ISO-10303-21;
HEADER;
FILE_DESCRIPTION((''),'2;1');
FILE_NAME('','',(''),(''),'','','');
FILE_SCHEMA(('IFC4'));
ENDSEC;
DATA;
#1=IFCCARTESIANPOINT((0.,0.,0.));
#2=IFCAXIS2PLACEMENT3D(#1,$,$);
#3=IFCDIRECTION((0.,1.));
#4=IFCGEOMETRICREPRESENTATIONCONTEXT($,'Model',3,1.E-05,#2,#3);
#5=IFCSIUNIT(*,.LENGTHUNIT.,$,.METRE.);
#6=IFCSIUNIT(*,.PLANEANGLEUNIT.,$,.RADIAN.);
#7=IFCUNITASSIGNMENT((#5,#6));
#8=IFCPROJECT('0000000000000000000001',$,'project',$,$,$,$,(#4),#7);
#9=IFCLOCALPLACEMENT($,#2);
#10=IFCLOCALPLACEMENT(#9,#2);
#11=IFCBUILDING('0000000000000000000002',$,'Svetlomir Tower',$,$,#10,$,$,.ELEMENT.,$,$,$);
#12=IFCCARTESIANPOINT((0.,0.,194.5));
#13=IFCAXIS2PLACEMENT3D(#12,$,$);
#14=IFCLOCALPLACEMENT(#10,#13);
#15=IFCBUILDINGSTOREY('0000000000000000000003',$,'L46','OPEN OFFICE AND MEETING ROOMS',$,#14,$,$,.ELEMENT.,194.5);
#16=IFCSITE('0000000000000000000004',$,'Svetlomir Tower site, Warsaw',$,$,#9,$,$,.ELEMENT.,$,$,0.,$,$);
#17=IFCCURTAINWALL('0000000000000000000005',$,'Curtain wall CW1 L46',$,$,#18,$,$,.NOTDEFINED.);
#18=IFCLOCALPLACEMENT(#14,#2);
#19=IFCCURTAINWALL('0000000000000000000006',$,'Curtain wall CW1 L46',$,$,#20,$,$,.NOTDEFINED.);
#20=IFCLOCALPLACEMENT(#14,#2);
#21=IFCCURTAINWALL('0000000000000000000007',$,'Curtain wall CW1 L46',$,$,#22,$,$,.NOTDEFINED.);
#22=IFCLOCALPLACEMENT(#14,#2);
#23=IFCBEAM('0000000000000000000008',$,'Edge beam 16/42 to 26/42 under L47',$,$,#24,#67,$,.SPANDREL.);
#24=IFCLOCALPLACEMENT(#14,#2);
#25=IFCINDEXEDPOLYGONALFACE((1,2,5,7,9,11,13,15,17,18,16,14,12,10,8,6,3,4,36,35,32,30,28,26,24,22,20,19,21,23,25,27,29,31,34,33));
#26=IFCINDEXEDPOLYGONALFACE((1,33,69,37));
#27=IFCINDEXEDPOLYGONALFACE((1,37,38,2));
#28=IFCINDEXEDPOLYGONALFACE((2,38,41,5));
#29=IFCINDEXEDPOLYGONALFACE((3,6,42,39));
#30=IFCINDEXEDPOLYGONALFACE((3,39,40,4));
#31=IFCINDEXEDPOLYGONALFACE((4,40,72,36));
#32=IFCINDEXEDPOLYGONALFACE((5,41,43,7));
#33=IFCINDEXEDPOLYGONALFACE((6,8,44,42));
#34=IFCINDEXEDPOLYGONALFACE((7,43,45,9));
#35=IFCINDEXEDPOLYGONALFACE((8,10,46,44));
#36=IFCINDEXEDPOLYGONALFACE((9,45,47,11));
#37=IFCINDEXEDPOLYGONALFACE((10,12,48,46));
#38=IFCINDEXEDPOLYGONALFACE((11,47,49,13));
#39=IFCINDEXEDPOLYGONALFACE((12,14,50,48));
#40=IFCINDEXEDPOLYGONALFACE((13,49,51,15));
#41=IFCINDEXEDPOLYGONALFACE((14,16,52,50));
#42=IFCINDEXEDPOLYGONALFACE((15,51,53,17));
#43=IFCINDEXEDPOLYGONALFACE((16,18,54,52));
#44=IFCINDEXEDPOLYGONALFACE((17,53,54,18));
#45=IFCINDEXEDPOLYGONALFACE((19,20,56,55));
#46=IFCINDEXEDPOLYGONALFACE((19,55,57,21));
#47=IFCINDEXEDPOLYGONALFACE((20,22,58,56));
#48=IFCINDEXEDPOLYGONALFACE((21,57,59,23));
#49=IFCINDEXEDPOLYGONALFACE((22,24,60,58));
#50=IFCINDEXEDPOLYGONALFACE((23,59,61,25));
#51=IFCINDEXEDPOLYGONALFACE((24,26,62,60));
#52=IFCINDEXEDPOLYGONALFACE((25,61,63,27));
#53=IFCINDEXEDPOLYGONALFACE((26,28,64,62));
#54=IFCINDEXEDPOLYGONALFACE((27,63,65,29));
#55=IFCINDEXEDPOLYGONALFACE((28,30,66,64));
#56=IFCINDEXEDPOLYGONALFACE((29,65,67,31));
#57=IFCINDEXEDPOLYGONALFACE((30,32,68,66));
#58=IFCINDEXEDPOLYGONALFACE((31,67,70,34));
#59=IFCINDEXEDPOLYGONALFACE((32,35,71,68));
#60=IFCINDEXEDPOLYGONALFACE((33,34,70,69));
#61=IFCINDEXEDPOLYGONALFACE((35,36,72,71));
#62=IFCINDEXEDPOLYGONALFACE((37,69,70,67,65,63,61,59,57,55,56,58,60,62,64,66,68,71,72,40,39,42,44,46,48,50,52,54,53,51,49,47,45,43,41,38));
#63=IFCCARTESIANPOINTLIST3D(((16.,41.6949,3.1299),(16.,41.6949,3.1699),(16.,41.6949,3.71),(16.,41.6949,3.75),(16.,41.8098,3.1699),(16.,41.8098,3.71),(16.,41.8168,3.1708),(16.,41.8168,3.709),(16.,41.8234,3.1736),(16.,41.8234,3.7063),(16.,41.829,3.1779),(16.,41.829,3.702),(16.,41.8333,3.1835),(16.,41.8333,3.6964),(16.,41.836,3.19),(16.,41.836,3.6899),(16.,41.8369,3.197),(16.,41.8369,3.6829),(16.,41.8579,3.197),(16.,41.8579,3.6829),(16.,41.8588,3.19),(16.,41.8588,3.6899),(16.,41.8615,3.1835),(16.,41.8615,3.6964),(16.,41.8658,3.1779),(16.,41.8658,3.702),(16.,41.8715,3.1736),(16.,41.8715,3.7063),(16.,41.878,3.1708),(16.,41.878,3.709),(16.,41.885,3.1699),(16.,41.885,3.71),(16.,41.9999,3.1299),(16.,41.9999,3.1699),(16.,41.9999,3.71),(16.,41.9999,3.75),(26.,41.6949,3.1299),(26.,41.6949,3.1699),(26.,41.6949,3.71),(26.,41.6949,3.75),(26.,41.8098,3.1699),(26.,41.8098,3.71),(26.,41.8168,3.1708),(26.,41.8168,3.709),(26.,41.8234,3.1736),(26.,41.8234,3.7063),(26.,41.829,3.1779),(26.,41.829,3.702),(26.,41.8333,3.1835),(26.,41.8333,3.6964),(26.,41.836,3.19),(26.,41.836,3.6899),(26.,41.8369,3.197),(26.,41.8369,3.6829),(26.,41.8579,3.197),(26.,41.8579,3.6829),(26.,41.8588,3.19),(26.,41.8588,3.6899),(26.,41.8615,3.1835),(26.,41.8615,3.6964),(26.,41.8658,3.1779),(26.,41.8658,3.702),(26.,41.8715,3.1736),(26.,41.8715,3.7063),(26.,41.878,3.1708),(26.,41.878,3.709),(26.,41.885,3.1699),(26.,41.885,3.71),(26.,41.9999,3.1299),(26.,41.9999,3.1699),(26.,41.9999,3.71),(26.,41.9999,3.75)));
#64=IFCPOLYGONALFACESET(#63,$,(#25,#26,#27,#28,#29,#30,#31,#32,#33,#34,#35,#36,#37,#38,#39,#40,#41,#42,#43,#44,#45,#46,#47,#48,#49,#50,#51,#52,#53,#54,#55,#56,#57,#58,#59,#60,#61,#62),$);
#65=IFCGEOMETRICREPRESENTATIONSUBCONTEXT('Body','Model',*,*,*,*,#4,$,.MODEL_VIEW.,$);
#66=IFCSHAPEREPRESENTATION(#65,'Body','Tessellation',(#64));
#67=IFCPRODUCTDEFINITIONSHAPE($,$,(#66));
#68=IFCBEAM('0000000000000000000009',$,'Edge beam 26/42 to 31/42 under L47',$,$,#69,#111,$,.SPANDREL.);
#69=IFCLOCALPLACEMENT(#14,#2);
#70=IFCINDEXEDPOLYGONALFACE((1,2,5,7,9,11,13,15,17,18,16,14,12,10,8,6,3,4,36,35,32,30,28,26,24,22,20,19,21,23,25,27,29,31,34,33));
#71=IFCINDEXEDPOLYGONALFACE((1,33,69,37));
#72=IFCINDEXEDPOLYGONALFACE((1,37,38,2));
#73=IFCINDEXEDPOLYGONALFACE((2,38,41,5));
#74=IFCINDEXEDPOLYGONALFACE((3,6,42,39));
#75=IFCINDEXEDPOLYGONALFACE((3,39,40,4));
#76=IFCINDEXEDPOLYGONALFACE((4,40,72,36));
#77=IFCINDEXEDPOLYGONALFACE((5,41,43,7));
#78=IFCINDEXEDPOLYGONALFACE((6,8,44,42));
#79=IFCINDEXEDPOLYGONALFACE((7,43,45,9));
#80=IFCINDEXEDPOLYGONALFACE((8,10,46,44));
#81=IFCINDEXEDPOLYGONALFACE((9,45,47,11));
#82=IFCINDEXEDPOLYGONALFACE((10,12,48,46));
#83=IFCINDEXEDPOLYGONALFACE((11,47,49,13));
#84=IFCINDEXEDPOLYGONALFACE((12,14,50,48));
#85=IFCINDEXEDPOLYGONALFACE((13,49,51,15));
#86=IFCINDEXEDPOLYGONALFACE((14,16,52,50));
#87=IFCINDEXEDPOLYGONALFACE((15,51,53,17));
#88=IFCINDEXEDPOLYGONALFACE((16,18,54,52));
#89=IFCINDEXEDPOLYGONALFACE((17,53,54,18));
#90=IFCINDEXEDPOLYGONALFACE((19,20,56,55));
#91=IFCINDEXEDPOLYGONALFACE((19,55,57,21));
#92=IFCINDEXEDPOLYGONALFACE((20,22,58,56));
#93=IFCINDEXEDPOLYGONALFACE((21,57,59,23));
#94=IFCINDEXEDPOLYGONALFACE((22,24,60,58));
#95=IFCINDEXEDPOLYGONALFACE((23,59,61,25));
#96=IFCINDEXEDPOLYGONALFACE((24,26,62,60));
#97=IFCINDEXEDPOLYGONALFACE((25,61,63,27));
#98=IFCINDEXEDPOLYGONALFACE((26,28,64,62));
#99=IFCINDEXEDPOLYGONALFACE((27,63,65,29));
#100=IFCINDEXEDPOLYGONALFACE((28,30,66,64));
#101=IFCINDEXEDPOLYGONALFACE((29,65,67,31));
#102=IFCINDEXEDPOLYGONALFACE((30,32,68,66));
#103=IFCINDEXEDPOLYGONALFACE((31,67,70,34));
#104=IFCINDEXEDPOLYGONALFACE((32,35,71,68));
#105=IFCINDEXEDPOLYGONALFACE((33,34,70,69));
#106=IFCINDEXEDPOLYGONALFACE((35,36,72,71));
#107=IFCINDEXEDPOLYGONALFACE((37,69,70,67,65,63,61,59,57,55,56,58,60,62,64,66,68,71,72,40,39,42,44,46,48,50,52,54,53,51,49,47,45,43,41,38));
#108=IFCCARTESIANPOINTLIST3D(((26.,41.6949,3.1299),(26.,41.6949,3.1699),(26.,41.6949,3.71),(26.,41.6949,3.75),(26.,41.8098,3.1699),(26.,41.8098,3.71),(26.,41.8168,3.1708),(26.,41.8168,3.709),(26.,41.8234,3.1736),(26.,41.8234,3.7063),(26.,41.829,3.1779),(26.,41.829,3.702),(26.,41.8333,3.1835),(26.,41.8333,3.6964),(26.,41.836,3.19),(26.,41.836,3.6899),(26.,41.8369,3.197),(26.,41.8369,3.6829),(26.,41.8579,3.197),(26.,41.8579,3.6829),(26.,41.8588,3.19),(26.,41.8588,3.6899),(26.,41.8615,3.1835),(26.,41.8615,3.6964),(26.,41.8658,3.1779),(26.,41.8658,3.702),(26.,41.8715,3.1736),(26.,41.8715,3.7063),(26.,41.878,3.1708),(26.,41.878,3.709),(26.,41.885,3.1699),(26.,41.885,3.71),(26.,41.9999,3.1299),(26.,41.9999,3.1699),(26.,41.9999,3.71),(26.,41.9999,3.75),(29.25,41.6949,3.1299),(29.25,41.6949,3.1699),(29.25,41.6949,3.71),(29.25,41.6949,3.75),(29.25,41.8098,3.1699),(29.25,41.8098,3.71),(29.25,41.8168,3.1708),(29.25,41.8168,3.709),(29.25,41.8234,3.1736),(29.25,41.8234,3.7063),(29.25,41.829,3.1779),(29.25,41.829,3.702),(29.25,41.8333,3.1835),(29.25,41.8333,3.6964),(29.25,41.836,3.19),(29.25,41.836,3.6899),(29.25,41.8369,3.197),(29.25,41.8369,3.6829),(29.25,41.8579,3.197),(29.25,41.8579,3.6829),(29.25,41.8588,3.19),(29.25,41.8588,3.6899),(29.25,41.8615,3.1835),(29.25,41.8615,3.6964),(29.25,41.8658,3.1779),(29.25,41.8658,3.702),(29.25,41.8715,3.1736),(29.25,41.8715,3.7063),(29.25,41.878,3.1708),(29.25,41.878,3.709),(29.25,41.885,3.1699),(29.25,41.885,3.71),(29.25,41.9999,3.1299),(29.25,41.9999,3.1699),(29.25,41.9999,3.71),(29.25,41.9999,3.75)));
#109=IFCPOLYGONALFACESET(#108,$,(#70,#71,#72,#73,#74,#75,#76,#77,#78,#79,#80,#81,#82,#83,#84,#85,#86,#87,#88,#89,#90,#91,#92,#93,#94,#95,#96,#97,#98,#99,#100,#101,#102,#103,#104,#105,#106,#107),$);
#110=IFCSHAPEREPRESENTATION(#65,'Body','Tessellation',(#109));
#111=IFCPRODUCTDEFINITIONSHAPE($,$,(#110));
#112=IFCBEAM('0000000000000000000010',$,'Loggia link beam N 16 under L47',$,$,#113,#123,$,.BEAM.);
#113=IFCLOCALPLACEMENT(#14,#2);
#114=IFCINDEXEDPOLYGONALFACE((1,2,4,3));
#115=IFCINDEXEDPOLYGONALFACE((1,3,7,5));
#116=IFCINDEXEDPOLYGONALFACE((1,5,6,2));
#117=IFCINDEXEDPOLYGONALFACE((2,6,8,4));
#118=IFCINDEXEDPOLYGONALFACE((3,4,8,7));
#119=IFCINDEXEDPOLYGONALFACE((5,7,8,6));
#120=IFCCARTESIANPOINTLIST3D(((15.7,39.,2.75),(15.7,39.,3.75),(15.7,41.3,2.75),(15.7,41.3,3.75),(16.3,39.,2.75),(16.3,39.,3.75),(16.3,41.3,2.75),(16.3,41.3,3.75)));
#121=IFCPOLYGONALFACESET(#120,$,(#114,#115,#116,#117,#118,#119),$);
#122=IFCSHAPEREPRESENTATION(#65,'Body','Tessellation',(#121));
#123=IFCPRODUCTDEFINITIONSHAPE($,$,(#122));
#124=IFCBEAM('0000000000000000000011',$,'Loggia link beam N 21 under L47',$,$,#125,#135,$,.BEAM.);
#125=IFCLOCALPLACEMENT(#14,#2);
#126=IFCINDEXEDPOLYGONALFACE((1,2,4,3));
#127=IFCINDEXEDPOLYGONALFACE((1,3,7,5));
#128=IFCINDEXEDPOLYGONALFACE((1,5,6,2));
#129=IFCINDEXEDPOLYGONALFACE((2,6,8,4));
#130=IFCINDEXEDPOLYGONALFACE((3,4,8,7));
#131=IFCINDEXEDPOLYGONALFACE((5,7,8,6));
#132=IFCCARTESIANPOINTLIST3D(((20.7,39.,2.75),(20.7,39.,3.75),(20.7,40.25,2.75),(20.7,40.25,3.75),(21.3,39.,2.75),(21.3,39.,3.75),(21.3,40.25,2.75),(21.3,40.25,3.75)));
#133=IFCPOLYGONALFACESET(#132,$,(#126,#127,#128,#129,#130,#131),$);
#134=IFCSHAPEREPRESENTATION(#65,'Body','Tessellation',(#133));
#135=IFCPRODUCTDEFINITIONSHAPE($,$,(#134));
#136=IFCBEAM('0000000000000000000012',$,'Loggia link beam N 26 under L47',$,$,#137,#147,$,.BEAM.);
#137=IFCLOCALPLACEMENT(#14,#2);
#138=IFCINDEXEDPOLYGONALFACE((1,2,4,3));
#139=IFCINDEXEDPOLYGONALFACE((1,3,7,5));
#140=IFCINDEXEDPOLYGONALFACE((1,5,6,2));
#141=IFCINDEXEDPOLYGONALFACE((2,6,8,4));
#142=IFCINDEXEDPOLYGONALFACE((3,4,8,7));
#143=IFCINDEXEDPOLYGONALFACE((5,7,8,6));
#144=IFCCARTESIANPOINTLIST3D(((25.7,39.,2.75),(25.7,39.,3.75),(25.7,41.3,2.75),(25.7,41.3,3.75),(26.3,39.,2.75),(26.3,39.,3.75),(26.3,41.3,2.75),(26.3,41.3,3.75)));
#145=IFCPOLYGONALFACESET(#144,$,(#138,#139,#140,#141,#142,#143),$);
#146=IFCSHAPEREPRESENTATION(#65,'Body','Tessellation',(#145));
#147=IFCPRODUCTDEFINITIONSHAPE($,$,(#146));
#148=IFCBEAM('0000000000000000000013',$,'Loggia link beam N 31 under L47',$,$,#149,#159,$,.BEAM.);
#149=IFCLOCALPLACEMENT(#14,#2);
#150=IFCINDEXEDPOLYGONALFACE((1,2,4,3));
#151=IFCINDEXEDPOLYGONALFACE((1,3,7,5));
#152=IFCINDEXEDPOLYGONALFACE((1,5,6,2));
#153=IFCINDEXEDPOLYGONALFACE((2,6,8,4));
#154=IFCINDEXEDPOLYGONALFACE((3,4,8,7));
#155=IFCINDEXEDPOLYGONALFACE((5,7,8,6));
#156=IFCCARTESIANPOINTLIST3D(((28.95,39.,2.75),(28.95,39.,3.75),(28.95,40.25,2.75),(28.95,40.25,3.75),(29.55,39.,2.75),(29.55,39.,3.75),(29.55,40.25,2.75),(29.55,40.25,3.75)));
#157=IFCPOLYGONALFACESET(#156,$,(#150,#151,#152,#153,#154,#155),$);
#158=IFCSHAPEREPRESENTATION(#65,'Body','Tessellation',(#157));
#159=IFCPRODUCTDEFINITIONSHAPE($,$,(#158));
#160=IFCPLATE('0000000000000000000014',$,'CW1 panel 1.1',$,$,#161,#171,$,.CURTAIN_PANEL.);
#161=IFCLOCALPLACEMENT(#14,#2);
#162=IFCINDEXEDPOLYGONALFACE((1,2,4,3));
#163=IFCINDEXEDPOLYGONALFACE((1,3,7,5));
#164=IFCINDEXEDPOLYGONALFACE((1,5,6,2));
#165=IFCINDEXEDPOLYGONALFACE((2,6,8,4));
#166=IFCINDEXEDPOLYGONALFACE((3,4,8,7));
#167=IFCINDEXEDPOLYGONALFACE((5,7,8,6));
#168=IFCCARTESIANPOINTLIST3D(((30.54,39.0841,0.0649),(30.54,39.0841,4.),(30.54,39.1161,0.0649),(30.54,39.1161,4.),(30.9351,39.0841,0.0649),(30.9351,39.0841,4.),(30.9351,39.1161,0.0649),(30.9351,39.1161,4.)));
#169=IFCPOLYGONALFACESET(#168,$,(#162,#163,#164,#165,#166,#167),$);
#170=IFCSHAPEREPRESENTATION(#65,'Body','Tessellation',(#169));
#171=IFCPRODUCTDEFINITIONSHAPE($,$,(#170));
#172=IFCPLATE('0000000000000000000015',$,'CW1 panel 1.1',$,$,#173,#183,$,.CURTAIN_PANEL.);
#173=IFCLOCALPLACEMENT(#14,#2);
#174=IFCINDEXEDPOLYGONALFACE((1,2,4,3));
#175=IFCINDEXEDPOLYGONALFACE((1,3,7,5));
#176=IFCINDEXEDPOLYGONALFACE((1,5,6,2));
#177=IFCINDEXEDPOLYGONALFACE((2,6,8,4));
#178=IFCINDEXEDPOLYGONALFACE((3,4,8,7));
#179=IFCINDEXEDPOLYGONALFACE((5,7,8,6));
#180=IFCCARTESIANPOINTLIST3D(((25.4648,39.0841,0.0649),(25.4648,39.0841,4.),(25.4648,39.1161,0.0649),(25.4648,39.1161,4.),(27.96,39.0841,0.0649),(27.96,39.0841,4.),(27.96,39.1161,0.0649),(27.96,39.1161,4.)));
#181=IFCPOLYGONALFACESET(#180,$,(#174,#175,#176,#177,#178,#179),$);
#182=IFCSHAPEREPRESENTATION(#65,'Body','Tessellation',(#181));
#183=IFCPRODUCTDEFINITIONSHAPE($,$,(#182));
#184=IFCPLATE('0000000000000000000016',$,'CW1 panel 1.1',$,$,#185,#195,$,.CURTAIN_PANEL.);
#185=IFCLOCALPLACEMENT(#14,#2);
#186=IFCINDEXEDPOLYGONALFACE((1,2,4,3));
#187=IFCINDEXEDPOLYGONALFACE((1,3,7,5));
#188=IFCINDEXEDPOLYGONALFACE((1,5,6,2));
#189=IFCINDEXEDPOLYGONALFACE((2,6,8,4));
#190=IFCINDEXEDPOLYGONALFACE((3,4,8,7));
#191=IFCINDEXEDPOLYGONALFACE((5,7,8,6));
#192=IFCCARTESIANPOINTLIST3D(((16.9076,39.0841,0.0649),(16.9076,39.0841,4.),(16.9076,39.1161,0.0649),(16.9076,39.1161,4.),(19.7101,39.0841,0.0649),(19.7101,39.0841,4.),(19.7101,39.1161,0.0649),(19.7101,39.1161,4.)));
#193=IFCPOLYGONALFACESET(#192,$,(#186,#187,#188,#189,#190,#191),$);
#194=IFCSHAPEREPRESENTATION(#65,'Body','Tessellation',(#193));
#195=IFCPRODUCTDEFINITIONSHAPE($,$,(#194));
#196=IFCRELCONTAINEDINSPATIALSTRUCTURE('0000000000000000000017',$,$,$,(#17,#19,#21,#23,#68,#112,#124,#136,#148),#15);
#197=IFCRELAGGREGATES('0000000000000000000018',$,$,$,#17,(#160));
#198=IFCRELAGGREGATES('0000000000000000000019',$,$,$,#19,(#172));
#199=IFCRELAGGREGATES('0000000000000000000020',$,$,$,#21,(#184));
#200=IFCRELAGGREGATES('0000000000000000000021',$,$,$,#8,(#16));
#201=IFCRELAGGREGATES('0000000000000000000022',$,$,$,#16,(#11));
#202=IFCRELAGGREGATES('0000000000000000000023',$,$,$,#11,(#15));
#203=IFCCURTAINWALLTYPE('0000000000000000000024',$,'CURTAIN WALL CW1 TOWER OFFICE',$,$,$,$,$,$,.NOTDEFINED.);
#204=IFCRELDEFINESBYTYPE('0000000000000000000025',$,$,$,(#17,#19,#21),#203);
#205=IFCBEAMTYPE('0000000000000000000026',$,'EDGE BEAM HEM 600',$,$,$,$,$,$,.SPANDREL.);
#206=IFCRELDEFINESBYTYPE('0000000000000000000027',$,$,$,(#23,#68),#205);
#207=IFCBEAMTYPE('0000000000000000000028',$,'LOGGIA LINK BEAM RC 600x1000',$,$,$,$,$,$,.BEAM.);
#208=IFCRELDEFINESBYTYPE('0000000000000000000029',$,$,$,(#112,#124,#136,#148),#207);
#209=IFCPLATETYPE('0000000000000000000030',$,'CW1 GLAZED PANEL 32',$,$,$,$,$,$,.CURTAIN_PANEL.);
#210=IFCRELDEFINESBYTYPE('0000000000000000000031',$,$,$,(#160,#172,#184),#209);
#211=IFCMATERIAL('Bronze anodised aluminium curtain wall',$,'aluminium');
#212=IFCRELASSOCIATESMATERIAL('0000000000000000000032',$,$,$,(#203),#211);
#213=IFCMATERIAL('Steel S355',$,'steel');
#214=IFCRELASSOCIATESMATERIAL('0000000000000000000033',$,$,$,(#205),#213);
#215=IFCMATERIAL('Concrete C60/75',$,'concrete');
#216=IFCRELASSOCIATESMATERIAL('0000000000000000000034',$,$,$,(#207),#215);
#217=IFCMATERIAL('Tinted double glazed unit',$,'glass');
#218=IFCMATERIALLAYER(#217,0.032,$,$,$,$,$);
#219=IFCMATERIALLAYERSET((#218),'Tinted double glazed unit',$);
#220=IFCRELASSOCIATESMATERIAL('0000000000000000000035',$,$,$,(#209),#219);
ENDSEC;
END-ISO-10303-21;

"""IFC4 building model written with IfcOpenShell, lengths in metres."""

from ifc_helpers import new_model, si_unit, direction, frame, origin, origin_2d, place, context, subcontext, project, spatial, rectangle, i_section, extrude, material, layer, layer_set, material_profile, profile_set, type_object, element, aggregate, save


model = new_model("IFC4")

# Units and contexts
model_context = context("Model", 3, precision=1e-05, world=origin(), true_north=direction((0.0, 1.0)))
body_context = subcontext(model_context, "Body", "Model", "MODEL_VIEW")
ifc_project = project(units=[si_unit("LENGTHUNIT", "METRE"), si_unit("PLANEANGLEUNIT", "RADIAN")], contexts=[model_context])

# Site, building, storey
site_placement = place(None, origin())
site = spatial("IfcSite", under=ifc_project, at=site_placement, Name="Svetlomir Tower site, Warsaw", CompositionType="ELEMENT", RefElevation=0.0)
building_placement = place(site_placement, origin())
building = spatial("IfcBuilding", under=site, at=building_placement, Name="Svetlomir Tower", CompositionType="ELEMENT")
storey_placement = place(building_placement, frame((0.0, 0.0, 194.5)))
storey = spatial("IfcBuildingStorey", under=building, at=storey_placement, Name="L46", Description="OPEN OFFICE AND MEETING ROOMS", CompositionType="ELEMENT", Elevation=194.5)

# Curtain wall
ifc_material_1 = material(Name="Bronze anodised aluminium curtain wall", Category="aluminium")
curtain_wall_type = type_object("IfcCurtainWallType", Name="CURTAIN WALL CW1 TOWER OFFICE", PredefinedType="NOTDEFINED", material=ifc_material_1)
curtain_wall_1_placement = place(storey_placement, origin())
curtain_wall_1 = element("IfcCurtainWall", 1, at=curtain_wall_1_placement, inside=storey, type_object=curtain_wall_type, Name="Curtain wall CW1 L46", PredefinedType="NOTDEFINED")

# Curtain walls
curtain_wall_2_placement = place(storey_placement, origin())
curtain_wall_2 = element("IfcCurtainWall", 2, at=curtain_wall_2_placement, inside=storey, type_object=curtain_wall_type, Name="Curtain wall CW1 L46", PredefinedType="NOTDEFINED")
curtain_wall_3_placement = place(storey_placement, origin())
curtain_wall_3 = element("IfcCurtainWall", 3, at=curtain_wall_3_placement, inside=storey, type_object=curtain_wall_type, Name="Curtain wall CW1 L46", PredefinedType="NOTDEFINED")

# Beams
ifc_material_2 = material(Name="Steel S355", Category="steel")
ifc_material_profile_1 = material_profile(ifc_material_2, i_section(OverallWidth=0.3049, OverallDepth=0.6201, WebThickness=0.021, FlangeThickness=0.04, FilletRadius=0.0271, at=origin_2d()), Name="HEM 600")
ifc_profile_set_1 = profile_set([ifc_material_profile_1], Name="Steel S355")
beam_type_1 = type_object("IfcBeamType", Name="EDGE BEAM HEM 600", PredefinedType="SPANDREL", material=ifc_profile_set_1)
beam_1_placement = place(storey_placement, frame((16.0, 41.8474, 3.4399), z_axis=(1.0, 0.0, 0.0), x_axis=(0.0, 1.0, 0.0)))
element("IfcBeam", 4, at=beam_1_placement, inside=storey, type_object=beam_type_1, Name="Edge beam 16/42 to 26/42 under L47", PredefinedType="SPANDREL", context=body_context, shape_type="SweptSolid", body=[
    extrude(i_section(OverallWidth=0.3049, OverallDepth=0.6201, WebThickness=0.021, FlangeThickness=0.04, FilletRadius=0.0271, at=origin_2d()), origin(), (0.0, 0.0, 1.0), 10.0),
])
beam_2_placement = place(storey_placement, frame((26.0, 41.8474, 3.4399), z_axis=(1.0, 0.0, 0.0), x_axis=(0.0, 1.0, 0.0)))
element("IfcBeam", 5, at=beam_2_placement, inside=storey, type_object=beam_type_1, Name="Edge beam 26/42 to 31/42 under L47", PredefinedType="SPANDREL", context=body_context, shape_type="SweptSolid", body=[
    extrude(i_section(OverallWidth=0.3049, OverallDepth=0.6201, WebThickness=0.021, FlangeThickness=0.04, FilletRadius=0.0271, at=origin_2d()), origin(), (0.0, 0.0, 1.0), 3.25),
])
ifc_material_3 = material(Name="Concrete C60/75", Category="concrete")
ifc_material_profile_2 = material_profile(ifc_material_3, rectangle(XDim=0.6001, YDim=1.0, at=origin_2d()), Name="RC 600x1000")
ifc_profile_set_2 = profile_set([ifc_material_profile_2], Name="Concrete C60/75")
beam_type_2 = type_object("IfcBeamType", Name="LOGGIA LINK BEAM RC 600x1000", PredefinedType="BEAM", material=ifc_profile_set_2)
beam_3_placement = place(storey_placement, frame((16.0, 41.3, 3.25), z_axis=(0.0, -1.0, 0.0), x_axis=(1.0, 0.0, 0.0)))
element("IfcBeam", 6, at=beam_3_placement, inside=storey, type_object=beam_type_2, Name="Loggia link beam N 16 under L47", PredefinedType="BEAM", context=body_context, shape_type="SweptSolid", body=[
    extrude(rectangle(XDim=0.6001, YDim=1.0, at=origin_2d()), origin(), (0.0, 0.0, 1.0), 2.3),
])
beam_4_placement = place(storey_placement, frame((21.0, 40.25, 3.25), z_axis=(0.0, -1.0, 0.0), x_axis=(1.0, 0.0, 0.0)))
element("IfcBeam", 7, at=beam_4_placement, inside=storey, type_object=beam_type_2, Name="Loggia link beam N 21 under L47", PredefinedType="BEAM", context=body_context, shape_type="SweptSolid", body=[
    extrude(rectangle(XDim=0.6001, YDim=1.0, at=origin_2d()), origin(), (0.0, 0.0, 1.0), 1.25),
])
beam_5_placement = place(storey_placement, frame((26.0, 41.3, 3.25), z_axis=(0.0, -1.0, 0.0), x_axis=(1.0, 0.0, 0.0)))
element("IfcBeam", 8, at=beam_5_placement, inside=storey, type_object=beam_type_2, Name="Loggia link beam N 26 under L47", PredefinedType="BEAM", context=body_context, shape_type="SweptSolid", body=[
    extrude(rectangle(XDim=0.6001, YDim=1.0, at=origin_2d()), origin(), (0.0, 0.0, 1.0), 2.3),
])
beam_6_placement = place(storey_placement, frame((29.25, 40.25, 3.25), z_axis=(0.0, -1.0, 0.0), x_axis=(1.0, 0.0, 0.0)))
element("IfcBeam", 9, at=beam_6_placement, inside=storey, type_object=beam_type_2, Name="Loggia link beam N 31 under L47", PredefinedType="BEAM", context=body_context, shape_type="SweptSolid", body=[
    extrude(rectangle(XDim=0.6001, YDim=1.0, at=origin_2d()), origin(), (0.0, 0.0, 1.0), 1.25),
])

# Plates
ifc_material_4 = material(Name="Tinted double glazed unit", Category="glass")
ifc_layer_1 = layer(ifc_material_4, 0.032)
ifc_layer_set_1 = layer_set([ifc_layer_1], Name="Tinted double glazed unit")
plate_type = type_object("IfcPlateType", Name="CW1 GLAZED PANEL 32", PredefinedType="CURTAIN_PANEL", material=ifc_layer_set_1)
plate_1_placement = place(storey_placement, frame((30.7375, 39.1001, 0.0649), z_axis=(0.0, 0.0, 1.0), x_axis=(-1.0, 0.0, 0.0)))
plate_1 = element("IfcPlate", 10, at=plate_1_placement, type_object=plate_type, Name="CW1 panel 1.1", PredefinedType="CURTAIN_PANEL", context=body_context, shape_type="SweptSolid", body=[
    extrude(rectangle(XDim=0.395, YDim=0.032, at=origin_2d()), origin(), (0.0, 0.0, 1.0), 3.9351),
])
aggregate(curtain_wall_1, [plate_1])
plate_2_placement = place(storey_placement, frame((26.7124, 39.1001, 0.0649), z_axis=(0.0, 0.0, 1.0), x_axis=(-1.0, 0.0, 0.0)))
plate_2 = element("IfcPlate", 11, at=plate_2_placement, type_object=plate_type, Name="CW1 panel 1.1", PredefinedType="CURTAIN_PANEL", context=body_context, shape_type="SweptSolid", body=[
    extrude(rectangle(XDim=2.4951, YDim=0.032, at=origin_2d()), origin(), (0.0, 0.0, 1.0), 3.9351),
])
aggregate(curtain_wall_2, [plate_2])
plate_3_placement = place(storey_placement, frame((18.3088, 39.1001, 0.0649), z_axis=(0.0, 0.0, 1.0), x_axis=(-1.0, 0.0, 0.0)))
plate_3 = element("IfcPlate", 12, at=plate_3_placement, type_object=plate_type, Name="CW1 panel 1.1", PredefinedType="CURTAIN_PANEL", context=body_context, shape_type="SweptSolid", body=[
    extrude(rectangle(XDim=2.8025, YDim=0.032, at=origin_2d()), origin(), (0.0, 0.0, 1.0), 3.9351),
])
aggregate(curtain_wall_3, [plate_3])

save(model, "model.ifc")
